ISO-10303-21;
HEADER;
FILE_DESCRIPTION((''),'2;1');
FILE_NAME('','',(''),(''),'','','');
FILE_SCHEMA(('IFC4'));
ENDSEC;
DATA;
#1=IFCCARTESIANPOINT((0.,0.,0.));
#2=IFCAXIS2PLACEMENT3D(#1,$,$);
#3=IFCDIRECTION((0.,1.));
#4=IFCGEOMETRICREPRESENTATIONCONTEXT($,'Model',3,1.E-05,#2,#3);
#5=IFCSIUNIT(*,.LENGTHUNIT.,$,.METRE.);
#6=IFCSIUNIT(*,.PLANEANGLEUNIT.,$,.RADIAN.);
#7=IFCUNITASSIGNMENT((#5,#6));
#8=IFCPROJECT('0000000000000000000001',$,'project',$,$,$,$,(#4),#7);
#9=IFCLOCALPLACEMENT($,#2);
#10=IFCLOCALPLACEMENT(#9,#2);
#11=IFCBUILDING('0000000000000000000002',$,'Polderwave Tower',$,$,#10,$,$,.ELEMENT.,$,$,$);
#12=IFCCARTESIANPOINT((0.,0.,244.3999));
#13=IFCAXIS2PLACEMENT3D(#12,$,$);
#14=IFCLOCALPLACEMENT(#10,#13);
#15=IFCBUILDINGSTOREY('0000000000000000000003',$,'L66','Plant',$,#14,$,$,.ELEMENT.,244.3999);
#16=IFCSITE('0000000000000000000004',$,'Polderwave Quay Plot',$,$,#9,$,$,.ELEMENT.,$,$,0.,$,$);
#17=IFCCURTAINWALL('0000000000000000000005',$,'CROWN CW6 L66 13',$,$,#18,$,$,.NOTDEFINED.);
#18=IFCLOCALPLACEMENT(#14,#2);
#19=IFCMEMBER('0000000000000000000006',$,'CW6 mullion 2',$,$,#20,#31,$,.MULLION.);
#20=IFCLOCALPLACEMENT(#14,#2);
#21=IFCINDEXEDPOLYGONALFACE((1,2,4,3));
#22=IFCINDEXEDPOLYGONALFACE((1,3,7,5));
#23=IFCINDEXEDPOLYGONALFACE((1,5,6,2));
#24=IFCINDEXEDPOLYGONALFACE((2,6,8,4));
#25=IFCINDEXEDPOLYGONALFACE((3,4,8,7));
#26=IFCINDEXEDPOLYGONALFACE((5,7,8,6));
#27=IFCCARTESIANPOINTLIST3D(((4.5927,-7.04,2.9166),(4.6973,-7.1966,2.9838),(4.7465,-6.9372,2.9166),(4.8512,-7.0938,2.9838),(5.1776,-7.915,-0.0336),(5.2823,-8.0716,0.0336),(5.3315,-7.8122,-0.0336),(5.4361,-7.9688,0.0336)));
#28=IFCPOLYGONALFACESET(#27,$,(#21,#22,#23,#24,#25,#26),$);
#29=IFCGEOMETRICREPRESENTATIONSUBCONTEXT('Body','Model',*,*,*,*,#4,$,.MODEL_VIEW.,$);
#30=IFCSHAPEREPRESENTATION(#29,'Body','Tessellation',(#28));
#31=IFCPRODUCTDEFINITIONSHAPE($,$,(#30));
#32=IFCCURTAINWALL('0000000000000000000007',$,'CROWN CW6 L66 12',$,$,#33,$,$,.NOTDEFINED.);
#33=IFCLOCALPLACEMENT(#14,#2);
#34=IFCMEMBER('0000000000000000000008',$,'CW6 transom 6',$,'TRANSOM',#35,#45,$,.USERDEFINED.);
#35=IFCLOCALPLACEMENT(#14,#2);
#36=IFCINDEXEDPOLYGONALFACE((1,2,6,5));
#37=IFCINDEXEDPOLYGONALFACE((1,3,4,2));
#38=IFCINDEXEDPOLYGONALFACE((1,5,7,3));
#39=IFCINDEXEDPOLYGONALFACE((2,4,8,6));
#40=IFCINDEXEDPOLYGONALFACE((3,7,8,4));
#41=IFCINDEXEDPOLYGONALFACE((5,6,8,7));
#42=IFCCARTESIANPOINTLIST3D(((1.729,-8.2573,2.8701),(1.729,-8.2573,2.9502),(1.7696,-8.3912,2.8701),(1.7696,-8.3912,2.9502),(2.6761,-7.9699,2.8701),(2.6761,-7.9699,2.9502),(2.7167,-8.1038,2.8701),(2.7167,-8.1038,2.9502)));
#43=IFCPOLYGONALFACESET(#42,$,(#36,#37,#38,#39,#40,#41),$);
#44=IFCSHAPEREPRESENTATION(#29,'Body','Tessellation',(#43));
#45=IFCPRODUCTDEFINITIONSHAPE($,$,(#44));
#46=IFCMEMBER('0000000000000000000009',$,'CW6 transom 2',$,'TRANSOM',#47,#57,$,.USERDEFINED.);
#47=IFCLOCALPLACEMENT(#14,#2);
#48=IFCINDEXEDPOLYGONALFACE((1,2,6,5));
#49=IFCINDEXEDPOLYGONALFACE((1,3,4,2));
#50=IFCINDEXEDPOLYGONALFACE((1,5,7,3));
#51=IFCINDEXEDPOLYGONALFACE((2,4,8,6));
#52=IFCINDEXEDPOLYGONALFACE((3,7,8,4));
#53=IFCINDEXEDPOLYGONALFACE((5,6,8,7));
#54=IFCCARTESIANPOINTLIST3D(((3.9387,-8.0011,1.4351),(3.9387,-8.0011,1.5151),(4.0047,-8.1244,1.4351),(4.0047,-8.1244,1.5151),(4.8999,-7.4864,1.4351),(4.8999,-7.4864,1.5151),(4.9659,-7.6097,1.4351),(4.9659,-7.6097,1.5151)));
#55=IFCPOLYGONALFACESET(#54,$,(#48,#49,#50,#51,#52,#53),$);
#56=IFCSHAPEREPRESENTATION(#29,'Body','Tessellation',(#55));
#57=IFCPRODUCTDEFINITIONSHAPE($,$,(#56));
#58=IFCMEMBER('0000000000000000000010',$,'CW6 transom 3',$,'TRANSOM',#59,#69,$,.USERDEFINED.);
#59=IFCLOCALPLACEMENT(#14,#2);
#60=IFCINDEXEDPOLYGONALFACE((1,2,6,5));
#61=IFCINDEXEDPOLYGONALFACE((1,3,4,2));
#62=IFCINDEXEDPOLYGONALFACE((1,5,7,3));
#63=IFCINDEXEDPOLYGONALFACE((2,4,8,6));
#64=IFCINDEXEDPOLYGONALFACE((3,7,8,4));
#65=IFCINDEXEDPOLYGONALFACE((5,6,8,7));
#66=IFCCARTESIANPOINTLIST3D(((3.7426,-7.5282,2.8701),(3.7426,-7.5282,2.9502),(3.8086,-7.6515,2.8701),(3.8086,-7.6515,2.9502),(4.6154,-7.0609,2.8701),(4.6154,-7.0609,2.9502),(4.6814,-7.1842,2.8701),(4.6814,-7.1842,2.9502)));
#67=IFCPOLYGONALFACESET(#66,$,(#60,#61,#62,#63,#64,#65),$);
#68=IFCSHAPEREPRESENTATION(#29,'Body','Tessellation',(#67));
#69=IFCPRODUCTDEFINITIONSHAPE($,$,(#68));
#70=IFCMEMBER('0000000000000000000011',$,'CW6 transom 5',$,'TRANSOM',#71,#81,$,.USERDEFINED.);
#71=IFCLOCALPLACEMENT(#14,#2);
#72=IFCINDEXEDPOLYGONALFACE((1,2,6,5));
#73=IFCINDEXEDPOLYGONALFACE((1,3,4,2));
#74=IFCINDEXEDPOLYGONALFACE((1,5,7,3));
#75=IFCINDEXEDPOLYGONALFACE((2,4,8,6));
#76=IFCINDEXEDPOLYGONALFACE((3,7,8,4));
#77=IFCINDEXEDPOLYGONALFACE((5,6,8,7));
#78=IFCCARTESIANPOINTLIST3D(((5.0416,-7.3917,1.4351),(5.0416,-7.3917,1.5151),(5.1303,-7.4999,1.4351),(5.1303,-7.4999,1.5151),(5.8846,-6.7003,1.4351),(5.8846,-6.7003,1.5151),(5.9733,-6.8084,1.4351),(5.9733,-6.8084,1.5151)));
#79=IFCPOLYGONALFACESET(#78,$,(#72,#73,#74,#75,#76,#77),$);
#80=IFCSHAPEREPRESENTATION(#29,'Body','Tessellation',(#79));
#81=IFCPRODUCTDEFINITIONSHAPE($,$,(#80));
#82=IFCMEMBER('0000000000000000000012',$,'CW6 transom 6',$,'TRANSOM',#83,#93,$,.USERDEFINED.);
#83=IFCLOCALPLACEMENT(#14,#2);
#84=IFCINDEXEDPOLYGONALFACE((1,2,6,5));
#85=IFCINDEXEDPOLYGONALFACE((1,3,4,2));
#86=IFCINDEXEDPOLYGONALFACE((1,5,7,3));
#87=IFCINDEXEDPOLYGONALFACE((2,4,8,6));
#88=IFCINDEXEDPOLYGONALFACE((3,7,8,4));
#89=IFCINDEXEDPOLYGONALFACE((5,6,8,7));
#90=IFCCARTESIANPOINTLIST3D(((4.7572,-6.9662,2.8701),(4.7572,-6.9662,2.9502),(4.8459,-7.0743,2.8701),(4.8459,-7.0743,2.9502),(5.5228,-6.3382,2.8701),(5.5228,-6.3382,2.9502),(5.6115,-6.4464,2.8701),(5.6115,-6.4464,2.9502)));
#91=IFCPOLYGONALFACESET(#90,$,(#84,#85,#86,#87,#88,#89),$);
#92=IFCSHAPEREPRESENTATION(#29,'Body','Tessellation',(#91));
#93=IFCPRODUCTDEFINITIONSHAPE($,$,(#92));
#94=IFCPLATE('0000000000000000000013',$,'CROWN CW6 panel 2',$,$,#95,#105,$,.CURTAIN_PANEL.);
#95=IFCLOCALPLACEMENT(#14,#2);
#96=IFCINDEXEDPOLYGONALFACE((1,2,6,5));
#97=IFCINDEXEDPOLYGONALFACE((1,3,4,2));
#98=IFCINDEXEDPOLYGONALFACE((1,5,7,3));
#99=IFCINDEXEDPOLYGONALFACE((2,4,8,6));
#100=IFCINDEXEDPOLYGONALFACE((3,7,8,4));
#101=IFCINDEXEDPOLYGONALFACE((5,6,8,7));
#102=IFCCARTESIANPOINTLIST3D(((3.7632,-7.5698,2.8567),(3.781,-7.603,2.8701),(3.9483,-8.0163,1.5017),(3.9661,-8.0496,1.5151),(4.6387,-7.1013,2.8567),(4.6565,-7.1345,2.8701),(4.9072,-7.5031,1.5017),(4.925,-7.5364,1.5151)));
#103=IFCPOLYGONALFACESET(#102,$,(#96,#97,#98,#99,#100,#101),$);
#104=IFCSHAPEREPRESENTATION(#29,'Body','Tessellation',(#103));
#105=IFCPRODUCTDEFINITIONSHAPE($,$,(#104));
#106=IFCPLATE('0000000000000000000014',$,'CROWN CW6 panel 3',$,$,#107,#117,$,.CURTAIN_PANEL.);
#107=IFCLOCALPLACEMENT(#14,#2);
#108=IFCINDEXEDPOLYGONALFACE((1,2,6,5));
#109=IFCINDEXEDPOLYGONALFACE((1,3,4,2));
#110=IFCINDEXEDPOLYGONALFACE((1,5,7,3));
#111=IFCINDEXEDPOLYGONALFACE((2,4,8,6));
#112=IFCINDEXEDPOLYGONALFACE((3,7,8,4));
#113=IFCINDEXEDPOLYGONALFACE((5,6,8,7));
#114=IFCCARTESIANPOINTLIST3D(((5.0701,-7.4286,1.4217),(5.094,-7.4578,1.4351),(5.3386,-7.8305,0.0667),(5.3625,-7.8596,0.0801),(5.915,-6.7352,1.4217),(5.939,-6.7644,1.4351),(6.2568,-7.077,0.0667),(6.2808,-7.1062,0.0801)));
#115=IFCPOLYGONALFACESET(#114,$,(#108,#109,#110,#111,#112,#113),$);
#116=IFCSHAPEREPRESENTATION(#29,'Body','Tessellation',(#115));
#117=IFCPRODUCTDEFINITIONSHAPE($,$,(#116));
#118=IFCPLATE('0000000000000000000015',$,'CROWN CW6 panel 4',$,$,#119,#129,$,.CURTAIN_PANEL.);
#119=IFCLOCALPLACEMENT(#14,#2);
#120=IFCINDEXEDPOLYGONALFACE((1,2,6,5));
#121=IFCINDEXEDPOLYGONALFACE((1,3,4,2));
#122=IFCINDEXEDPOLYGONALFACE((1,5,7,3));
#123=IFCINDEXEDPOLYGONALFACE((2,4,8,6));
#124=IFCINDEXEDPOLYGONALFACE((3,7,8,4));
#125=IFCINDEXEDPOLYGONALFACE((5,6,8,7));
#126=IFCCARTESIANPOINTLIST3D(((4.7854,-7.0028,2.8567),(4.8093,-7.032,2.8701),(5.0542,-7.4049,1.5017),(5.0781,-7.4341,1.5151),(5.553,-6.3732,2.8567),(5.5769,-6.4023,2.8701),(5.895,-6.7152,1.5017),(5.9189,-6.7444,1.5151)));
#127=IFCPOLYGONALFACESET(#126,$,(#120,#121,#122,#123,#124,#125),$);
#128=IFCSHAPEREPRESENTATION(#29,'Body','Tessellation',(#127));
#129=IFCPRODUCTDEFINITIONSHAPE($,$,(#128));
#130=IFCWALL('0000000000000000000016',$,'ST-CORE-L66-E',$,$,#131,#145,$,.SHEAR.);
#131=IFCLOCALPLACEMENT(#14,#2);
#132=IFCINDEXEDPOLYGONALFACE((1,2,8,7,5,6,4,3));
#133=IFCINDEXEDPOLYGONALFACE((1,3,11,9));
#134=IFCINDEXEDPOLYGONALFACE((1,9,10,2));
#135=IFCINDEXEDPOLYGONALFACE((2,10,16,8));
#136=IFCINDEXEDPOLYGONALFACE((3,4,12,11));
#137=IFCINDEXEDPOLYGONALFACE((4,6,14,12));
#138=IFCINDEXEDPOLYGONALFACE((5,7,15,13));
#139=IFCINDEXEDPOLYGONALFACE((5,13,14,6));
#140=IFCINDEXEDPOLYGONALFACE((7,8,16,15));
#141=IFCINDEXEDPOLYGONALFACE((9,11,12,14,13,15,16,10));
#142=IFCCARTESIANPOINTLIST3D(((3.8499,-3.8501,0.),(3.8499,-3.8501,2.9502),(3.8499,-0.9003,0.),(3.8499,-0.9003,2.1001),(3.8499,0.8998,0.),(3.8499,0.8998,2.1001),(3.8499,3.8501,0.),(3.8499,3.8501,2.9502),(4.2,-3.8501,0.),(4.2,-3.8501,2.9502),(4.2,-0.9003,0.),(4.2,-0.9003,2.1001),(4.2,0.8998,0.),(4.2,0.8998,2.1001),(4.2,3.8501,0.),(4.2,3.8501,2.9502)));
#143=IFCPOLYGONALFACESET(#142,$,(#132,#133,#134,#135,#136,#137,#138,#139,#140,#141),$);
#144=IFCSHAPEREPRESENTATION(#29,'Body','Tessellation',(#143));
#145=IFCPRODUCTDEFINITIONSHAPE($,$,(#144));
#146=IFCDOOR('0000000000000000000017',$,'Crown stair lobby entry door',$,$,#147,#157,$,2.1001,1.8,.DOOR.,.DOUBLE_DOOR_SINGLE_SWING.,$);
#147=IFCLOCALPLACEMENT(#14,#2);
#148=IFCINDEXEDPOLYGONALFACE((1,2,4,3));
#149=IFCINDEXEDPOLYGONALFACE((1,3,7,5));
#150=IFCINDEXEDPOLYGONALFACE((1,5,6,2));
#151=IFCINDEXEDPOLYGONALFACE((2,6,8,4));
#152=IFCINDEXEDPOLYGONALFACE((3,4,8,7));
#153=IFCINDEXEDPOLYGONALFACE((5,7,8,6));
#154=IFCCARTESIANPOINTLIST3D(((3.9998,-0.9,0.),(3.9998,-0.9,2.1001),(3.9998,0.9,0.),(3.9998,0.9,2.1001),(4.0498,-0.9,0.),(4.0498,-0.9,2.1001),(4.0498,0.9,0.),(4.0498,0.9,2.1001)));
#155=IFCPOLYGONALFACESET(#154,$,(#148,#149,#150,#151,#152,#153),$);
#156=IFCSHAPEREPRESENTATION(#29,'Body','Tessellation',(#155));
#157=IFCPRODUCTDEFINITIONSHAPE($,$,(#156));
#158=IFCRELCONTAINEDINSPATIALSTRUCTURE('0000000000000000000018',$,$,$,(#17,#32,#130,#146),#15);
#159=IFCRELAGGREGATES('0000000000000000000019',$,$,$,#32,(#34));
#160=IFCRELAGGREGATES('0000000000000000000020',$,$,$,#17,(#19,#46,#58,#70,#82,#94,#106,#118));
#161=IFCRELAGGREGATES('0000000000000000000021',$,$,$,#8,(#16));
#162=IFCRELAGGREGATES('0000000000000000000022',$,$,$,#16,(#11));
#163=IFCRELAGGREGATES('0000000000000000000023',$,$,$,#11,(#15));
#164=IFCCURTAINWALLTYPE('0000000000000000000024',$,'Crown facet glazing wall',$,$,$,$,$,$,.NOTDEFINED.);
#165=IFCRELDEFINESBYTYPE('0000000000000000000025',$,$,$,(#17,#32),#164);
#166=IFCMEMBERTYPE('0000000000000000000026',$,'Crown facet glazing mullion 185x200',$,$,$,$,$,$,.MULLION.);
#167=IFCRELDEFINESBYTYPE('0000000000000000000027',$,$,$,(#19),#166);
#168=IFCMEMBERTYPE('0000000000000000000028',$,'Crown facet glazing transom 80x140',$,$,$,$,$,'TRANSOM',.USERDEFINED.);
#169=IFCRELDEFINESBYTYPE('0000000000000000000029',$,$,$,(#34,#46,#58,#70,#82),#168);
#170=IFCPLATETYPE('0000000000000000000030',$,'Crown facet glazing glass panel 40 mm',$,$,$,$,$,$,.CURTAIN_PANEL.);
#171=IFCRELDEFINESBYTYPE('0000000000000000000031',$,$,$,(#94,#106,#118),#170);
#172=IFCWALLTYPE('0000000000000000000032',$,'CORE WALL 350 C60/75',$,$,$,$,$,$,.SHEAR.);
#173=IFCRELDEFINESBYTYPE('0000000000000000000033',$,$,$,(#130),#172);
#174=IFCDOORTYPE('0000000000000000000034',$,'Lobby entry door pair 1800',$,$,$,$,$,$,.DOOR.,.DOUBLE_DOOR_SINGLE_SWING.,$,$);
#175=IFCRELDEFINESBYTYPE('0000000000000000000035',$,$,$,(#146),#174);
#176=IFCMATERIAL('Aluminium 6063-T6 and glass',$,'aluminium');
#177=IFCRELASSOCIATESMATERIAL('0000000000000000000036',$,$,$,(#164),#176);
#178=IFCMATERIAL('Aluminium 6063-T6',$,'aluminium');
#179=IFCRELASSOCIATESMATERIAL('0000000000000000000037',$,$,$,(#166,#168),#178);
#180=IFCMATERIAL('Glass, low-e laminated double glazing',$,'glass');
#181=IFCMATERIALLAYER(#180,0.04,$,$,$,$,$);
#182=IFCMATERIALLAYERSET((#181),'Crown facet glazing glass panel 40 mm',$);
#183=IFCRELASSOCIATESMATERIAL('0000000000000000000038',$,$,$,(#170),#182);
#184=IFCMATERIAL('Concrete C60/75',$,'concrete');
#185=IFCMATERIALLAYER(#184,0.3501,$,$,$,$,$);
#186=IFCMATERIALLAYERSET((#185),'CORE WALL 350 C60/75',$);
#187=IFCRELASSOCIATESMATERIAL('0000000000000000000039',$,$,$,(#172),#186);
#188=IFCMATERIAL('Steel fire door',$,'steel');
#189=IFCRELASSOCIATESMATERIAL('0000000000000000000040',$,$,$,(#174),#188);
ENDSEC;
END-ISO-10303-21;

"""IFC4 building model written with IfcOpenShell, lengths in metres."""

from ifc_helpers import new_model, si_unit, direction, frame, frame_2d, origin, origin_2d, place, context, subcontext, project, spatial, polyline, rectangle, outline, extrude, material, layer, layer_set, material_profile, profile_set, type_object, element, fill, aggregate, save


model = new_model("IFC4")

# Units and contexts
model_context = context("Model", 3, precision=1e-05, world=origin(), true_north=direction((0.0, 1.0)))
body_context = subcontext(model_context, "Body", "Model", "MODEL_VIEW")
ifc_project = project(units=[si_unit("LENGTHUNIT", "METRE"), si_unit("PLANEANGLEUNIT", "RADIAN")], contexts=[model_context])

# Site, building, storey
site_placement = place(None, origin())
site = spatial("IfcSite", under=ifc_project, at=site_placement, Name="Polderwave Quay Plot", CompositionType="ELEMENT", RefElevation=0.0)
building_placement = place(site_placement, origin())
building = spatial("IfcBuilding", under=site, at=building_placement, Name="Polderwave Tower", CompositionType="ELEMENT")
storey_placement = place(building_placement, frame((0.0, 0.0, 244.3999)))
storey = spatial("IfcBuildingStorey", under=building, at=storey_placement, Name="L66", Description="Plant", CompositionType="ELEMENT", Elevation=244.3999)

# Curtain walls, members
ifc_material_1 = material(Name="Aluminium 6063-T6 and glass", Category="aluminium")
curtain_wall_type = type_object("IfcCurtainWallType", Name="Crown facet glazing wall", PredefinedType="NOTDEFINED", material=ifc_material_1)
curtain_wall_1_placement = place(storey_placement, origin())
curtain_wall_1 = element("IfcCurtainWall", 1, at=curtain_wall_1_placement, inside=storey, type_object=curtain_wall_type, Name="CROWN CW6 L66 13", PredefinedType="NOTDEFINED")
ifc_material_2 = material(Name="Aluminium 6063-T6", Category="aluminium")
ifc_material_profile_1 = material_profile(ifc_material_2, rectangle(XDim=0.1851, YDim=0.2, at=origin_2d()), Name="AL 185x200")
ifc_profile_set_1 = profile_set([ifc_material_profile_1], Name="Aluminium 6063-T6")
member_type_1 = type_object("IfcMemberType", Name="Crown facet glazing mullion 185x200", PredefinedType="MULLION", material=ifc_profile_set_1)
member_1_placement = place(storey_placement, frame((5.3069, -7.9419, 0.0), z_axis=(-0.18675, 0.279345, 0.941855), x_axis=(-0.831336, -0.55577, 0.0)))
member_1 = element("IfcMember", 2, at=member_1_placement, type_object=member_type_1, Name="CW6 mullion 2", PredefinedType="MULLION", context=body_context, shape_type="SweptSolid", body=[
    extrude(rectangle(XDim=0.1851, YDim=0.2, at=origin_2d()), origin(), (0.0, 0.0, 1.0), 3.1323),
])
curtain_wall_2_placement = place(storey_placement, origin())
curtain_wall_2 = element("IfcCurtainWall", 3, at=curtain_wall_2_placement, inside=storey, type_object=curtain_wall_type, Name="CROWN CW6 L66 12", PredefinedType="NOTDEFINED")
ifc_material_profile_2 = material_profile(ifc_material_2, rectangle(XDim=0.1399, YDim=0.0801, at=origin_2d()), Name="AL 80x140")
ifc_profile_set_2 = profile_set([ifc_material_profile_2], Name="Aluminium 6063-T6")
member_type_2 = type_object("IfcMemberType", Name="Crown facet glazing transom 80x140", ElementType="TRANSOM", PredefinedType="USERDEFINED", material=ifc_profile_set_2)
member_2_placement = place(storey_placement, frame((1.7493, -8.3242, 2.9102), z_axis=(0.956919, 0.290357, 0.0), x_axis=(-0.290357, 0.956919, 0.0)))
member_2 = element("IfcMember", 4, at=member_2_placement, type_object=member_type_2, Name="CW6 transom 6", ObjectType="TRANSOM", PredefinedType="USERDEFINED", context=body_context, shape_type="SweptSolid", body=[
    extrude(rectangle(XDim=0.1399, YDim=0.0801, at=origin_2d()), origin(), (0.0, 0.0, 1.0), 0.9897),
])
aggregate(curtain_wall_2, [member_2])

# Members
member_3_placement = place(storey_placement, frame((3.9717, -8.0627, 1.4751), z_axis=(0.881583, 0.472029, 0.0), x_axis=(-0.472029, 0.881583, 0.0)))
member_3 = element("IfcMember", 5, at=member_3_placement, type_object=member_type_2, Name="CW6 transom 2", ObjectType="TRANSOM", PredefinedType="USERDEFINED", context=body_context, shape_type="SweptSolid", body=[
    extrude(rectangle(XDim=0.1399, YDim=0.0801, at=origin_2d()), origin(), (0.0, 0.0, 1.0), 1.0903),
])
member_4_placement = place(storey_placement, frame((3.7756, -7.5898, 2.9102), z_axis=(0.881601, 0.471996, 0.0), x_axis=(-0.471996, 0.881601, 0.0)))
member_4 = element("IfcMember", 6, at=member_4_placement, type_object=member_type_2, Name="CW6 transom 3", ObjectType="TRANSOM", PredefinedType="USERDEFINED", context=body_context, shape_type="SweptSolid", body=[
    extrude(rectangle(XDim=0.1399, YDim=0.0801, at=origin_2d()), origin(), (0.0, 0.0, 1.0), 0.99),
])
member_5_placement = place(storey_placement, frame((5.0859, -7.4458, 1.4751), z_axis=(0.773208, 0.634152, 0.0), x_axis=(-0.634152, 0.773208, 0.0)))
member_5 = element("IfcMember", 7, at=member_5_placement, type_object=member_type_2, Name="CW6 transom 5", ObjectType="TRANSOM", PredefinedType="USERDEFINED", context=body_context, shape_type="SweptSolid", body=[
    extrude(rectangle(XDim=0.1399, YDim=0.0801, at=origin_2d()), origin(), (0.0, 0.0, 1.0), 1.0903),
])
member_6_placement = place(storey_placement, frame((4.8015, -7.0203, 2.9102), z_axis=(0.77321, 0.63415, 0.0), x_axis=(-0.63415, 0.77321, 0.0)))
member_6 = element("IfcMember", 8, at=member_6_placement, type_object=member_type_2, Name="CW6 transom 6", ObjectType="TRANSOM", PredefinedType="USERDEFINED", context=body_context, shape_type="SweptSolid", body=[
    extrude(rectangle(XDim=0.1399, YDim=0.0801, at=origin_2d()), origin(), (0.0, 0.0, 1.0), 0.9902),
])

# Plates
ifc_material_3 = material(Name="Glass, low-e laminated double glazing", Category="glass")
ifc_layer_1 = layer(ifc_material_3, 0.04)
ifc_layer_set_1 = layer_set([ifc_layer_1], Name="Crown facet glazing glass panel 40 mm")
plate_type = type_object("IfcPlateType", Name="Crown facet glazing glass panel 40 mm", PredefinedType="CURTAIN_PANEL", material=ifc_layer_set_1)
plate_1_placement = place(storey_placement, frame((3.9661, -8.0496, 1.5151), z_axis=(0.444637, -0.830889, 0.334547), x_axis=(0.881693, 0.471824, 0.0)))
plate_1 = element("IfcPlate", 9, at=plate_1_placement, type_object=plate_type, Name="CROWN CW6 panel 2", PredefinedType="CURTAIN_PANEL", context=body_context, shape_type="SweptSolid", body=[
    extrude(outline(polyline([(0.0, 0.0), (1.0877, 0.0), (1.0405, 1.4378), (0.0475, 1.4378), (0.0, 0.0)])), origin(), (0.0, 0.0, -1.0), 0.04),
])
plate_2_placement = place(storey_placement, frame((5.3625, -7.8596, 0.0801), z_axis=(0.597781, -0.728515, 0.33455), x_axis=(0.773061, 0.634332, -0.000004)))
plate_2 = element("IfcPlate", 10, at=plate_2_placement, type_object=plate_type, Name="CROWN CW6 panel 3", PredefinedType="CURTAIN_PANEL", context=body_context, shape_type="SweptSolid", body=[
    extrude(outline(polyline([(0.0, 0.0), (1.1878, 0.0), (1.1403, 1.4378), (0.0473, 1.4378), (0.0, 0.0)])), origin(), (0.0, 0.0, -1.0), 0.04),
])
plate_3_placement = place(storey_placement, frame((5.0781, -7.4341, 1.5151), z_axis=(0.597616, -0.728552, 0.334763), x_axis=(0.773162, 0.634208, -0.000002)))
plate_3 = element("IfcPlate", 11, at=plate_3_placement, type_object=plate_type, Name="CROWN CW6 panel 4", PredefinedType="CURTAIN_PANEL", context=body_context, shape_type="SweptSolid", body=[
    extrude(outline(polyline([(0.0, 0.0), (1.0875, 0.0), (1.04, 1.4379), (0.0472, 1.4379), (0.0, 0.0)])), origin(), (0.0, 0.0, -1.0), 0.04),
])
aggregate(curtain_wall_1, [member_1, member_3, member_4, member_5, member_6, plate_1, plate_2, plate_3])

# Wall, opening, door
ifc_material_4 = material(Name="Concrete C60/75", Category="concrete")
ifc_layer_2 = layer(ifc_material_4, 0.3501)
ifc_layer_set_2 = layer_set([ifc_layer_2], Name="CORE WALL 350 C60/75")
wall_type_1 = type_object("IfcWallType", Name="CORE WALL 350 C60/75", PredefinedType="SHEAR", material=ifc_layer_set_2)
wall_1_placement = place(storey_placement, frame((4.0249, -3.8501, 0.0), z_axis=(0.0, 0.0, 1.0), x_axis=(0.0, 1.0, 0.0)))
wall_1 = element("IfcWall", 12, at=wall_1_placement, inside=storey, type_object=wall_type_1, Name="ST-CORE-L66-E", PredefinedType="SHEAR", context=body_context, shape_type="SweptSolid", body=[
    extrude(rectangle(XDim=7.7002, YDim=0.3501, at=frame_2d((3.8501, 0.0))), origin(), (0.0, 0.0, 1.0), 2.9502),
])
opening_1_placement = place(wall_1_placement, frame((2.95, 0.0, 0.0)))
opening_1 = element("IfcOpeningElement", 13, at=opening_1_placement, cuts=wall_1, PredefinedType="OPENING", context=body_context, shape_type="SweptSolid", body=[
    extrude(rectangle(XDim=1.8, YDim=2.1001, at=frame_2d((0.8999, 1.05))), frame((0.0, 0.1851, 0.0), z_axis=(0.0, -1.0, 0.0), x_axis=(1.0, 0.0, 0.0)), (0.0, 0.0, 1.0), 0.3701),
])
ifc_material_5 = material(Name="Steel fire door", Category="steel")
door_type_1 = type_object("IfcDoorType", Name="Lobby entry door pair 1800", OperationType="DOUBLE_DOOR_SINGLE_SWING", PredefinedType="DOOR", material=ifc_material_5)
door_1_placement = place(opening_1_placement, frame((1.8, 0.0, 0.0), z_axis=(0.0, 0.0, 1.0), x_axis=(-1.0, 0.0, 0.0)))
door_1 = element("IfcDoor", 14, at=door_1_placement, inside=storey, type_object=door_type_1, Name="Crown stair lobby entry door", OperationType="DOUBLE_DOOR_SINGLE_SWING", OverallHeight=2.1001, OverallWidth=1.8, PredefinedType="DOOR", context=body_context, shape_type="SweptSolid", body=[
    extrude(rectangle(XDim=1.8, YDim=2.1001, at=frame_2d((0.8999, 1.05))), frame((0.0, 0.0249, 0.0), z_axis=(0.0, -1.0, 0.0), x_axis=(1.0, 0.0, 0.0)), (0.0, 0.0, 1.0), 0.05),
])
fill(opening_1, door_1)

save(model, "model.ifc")
